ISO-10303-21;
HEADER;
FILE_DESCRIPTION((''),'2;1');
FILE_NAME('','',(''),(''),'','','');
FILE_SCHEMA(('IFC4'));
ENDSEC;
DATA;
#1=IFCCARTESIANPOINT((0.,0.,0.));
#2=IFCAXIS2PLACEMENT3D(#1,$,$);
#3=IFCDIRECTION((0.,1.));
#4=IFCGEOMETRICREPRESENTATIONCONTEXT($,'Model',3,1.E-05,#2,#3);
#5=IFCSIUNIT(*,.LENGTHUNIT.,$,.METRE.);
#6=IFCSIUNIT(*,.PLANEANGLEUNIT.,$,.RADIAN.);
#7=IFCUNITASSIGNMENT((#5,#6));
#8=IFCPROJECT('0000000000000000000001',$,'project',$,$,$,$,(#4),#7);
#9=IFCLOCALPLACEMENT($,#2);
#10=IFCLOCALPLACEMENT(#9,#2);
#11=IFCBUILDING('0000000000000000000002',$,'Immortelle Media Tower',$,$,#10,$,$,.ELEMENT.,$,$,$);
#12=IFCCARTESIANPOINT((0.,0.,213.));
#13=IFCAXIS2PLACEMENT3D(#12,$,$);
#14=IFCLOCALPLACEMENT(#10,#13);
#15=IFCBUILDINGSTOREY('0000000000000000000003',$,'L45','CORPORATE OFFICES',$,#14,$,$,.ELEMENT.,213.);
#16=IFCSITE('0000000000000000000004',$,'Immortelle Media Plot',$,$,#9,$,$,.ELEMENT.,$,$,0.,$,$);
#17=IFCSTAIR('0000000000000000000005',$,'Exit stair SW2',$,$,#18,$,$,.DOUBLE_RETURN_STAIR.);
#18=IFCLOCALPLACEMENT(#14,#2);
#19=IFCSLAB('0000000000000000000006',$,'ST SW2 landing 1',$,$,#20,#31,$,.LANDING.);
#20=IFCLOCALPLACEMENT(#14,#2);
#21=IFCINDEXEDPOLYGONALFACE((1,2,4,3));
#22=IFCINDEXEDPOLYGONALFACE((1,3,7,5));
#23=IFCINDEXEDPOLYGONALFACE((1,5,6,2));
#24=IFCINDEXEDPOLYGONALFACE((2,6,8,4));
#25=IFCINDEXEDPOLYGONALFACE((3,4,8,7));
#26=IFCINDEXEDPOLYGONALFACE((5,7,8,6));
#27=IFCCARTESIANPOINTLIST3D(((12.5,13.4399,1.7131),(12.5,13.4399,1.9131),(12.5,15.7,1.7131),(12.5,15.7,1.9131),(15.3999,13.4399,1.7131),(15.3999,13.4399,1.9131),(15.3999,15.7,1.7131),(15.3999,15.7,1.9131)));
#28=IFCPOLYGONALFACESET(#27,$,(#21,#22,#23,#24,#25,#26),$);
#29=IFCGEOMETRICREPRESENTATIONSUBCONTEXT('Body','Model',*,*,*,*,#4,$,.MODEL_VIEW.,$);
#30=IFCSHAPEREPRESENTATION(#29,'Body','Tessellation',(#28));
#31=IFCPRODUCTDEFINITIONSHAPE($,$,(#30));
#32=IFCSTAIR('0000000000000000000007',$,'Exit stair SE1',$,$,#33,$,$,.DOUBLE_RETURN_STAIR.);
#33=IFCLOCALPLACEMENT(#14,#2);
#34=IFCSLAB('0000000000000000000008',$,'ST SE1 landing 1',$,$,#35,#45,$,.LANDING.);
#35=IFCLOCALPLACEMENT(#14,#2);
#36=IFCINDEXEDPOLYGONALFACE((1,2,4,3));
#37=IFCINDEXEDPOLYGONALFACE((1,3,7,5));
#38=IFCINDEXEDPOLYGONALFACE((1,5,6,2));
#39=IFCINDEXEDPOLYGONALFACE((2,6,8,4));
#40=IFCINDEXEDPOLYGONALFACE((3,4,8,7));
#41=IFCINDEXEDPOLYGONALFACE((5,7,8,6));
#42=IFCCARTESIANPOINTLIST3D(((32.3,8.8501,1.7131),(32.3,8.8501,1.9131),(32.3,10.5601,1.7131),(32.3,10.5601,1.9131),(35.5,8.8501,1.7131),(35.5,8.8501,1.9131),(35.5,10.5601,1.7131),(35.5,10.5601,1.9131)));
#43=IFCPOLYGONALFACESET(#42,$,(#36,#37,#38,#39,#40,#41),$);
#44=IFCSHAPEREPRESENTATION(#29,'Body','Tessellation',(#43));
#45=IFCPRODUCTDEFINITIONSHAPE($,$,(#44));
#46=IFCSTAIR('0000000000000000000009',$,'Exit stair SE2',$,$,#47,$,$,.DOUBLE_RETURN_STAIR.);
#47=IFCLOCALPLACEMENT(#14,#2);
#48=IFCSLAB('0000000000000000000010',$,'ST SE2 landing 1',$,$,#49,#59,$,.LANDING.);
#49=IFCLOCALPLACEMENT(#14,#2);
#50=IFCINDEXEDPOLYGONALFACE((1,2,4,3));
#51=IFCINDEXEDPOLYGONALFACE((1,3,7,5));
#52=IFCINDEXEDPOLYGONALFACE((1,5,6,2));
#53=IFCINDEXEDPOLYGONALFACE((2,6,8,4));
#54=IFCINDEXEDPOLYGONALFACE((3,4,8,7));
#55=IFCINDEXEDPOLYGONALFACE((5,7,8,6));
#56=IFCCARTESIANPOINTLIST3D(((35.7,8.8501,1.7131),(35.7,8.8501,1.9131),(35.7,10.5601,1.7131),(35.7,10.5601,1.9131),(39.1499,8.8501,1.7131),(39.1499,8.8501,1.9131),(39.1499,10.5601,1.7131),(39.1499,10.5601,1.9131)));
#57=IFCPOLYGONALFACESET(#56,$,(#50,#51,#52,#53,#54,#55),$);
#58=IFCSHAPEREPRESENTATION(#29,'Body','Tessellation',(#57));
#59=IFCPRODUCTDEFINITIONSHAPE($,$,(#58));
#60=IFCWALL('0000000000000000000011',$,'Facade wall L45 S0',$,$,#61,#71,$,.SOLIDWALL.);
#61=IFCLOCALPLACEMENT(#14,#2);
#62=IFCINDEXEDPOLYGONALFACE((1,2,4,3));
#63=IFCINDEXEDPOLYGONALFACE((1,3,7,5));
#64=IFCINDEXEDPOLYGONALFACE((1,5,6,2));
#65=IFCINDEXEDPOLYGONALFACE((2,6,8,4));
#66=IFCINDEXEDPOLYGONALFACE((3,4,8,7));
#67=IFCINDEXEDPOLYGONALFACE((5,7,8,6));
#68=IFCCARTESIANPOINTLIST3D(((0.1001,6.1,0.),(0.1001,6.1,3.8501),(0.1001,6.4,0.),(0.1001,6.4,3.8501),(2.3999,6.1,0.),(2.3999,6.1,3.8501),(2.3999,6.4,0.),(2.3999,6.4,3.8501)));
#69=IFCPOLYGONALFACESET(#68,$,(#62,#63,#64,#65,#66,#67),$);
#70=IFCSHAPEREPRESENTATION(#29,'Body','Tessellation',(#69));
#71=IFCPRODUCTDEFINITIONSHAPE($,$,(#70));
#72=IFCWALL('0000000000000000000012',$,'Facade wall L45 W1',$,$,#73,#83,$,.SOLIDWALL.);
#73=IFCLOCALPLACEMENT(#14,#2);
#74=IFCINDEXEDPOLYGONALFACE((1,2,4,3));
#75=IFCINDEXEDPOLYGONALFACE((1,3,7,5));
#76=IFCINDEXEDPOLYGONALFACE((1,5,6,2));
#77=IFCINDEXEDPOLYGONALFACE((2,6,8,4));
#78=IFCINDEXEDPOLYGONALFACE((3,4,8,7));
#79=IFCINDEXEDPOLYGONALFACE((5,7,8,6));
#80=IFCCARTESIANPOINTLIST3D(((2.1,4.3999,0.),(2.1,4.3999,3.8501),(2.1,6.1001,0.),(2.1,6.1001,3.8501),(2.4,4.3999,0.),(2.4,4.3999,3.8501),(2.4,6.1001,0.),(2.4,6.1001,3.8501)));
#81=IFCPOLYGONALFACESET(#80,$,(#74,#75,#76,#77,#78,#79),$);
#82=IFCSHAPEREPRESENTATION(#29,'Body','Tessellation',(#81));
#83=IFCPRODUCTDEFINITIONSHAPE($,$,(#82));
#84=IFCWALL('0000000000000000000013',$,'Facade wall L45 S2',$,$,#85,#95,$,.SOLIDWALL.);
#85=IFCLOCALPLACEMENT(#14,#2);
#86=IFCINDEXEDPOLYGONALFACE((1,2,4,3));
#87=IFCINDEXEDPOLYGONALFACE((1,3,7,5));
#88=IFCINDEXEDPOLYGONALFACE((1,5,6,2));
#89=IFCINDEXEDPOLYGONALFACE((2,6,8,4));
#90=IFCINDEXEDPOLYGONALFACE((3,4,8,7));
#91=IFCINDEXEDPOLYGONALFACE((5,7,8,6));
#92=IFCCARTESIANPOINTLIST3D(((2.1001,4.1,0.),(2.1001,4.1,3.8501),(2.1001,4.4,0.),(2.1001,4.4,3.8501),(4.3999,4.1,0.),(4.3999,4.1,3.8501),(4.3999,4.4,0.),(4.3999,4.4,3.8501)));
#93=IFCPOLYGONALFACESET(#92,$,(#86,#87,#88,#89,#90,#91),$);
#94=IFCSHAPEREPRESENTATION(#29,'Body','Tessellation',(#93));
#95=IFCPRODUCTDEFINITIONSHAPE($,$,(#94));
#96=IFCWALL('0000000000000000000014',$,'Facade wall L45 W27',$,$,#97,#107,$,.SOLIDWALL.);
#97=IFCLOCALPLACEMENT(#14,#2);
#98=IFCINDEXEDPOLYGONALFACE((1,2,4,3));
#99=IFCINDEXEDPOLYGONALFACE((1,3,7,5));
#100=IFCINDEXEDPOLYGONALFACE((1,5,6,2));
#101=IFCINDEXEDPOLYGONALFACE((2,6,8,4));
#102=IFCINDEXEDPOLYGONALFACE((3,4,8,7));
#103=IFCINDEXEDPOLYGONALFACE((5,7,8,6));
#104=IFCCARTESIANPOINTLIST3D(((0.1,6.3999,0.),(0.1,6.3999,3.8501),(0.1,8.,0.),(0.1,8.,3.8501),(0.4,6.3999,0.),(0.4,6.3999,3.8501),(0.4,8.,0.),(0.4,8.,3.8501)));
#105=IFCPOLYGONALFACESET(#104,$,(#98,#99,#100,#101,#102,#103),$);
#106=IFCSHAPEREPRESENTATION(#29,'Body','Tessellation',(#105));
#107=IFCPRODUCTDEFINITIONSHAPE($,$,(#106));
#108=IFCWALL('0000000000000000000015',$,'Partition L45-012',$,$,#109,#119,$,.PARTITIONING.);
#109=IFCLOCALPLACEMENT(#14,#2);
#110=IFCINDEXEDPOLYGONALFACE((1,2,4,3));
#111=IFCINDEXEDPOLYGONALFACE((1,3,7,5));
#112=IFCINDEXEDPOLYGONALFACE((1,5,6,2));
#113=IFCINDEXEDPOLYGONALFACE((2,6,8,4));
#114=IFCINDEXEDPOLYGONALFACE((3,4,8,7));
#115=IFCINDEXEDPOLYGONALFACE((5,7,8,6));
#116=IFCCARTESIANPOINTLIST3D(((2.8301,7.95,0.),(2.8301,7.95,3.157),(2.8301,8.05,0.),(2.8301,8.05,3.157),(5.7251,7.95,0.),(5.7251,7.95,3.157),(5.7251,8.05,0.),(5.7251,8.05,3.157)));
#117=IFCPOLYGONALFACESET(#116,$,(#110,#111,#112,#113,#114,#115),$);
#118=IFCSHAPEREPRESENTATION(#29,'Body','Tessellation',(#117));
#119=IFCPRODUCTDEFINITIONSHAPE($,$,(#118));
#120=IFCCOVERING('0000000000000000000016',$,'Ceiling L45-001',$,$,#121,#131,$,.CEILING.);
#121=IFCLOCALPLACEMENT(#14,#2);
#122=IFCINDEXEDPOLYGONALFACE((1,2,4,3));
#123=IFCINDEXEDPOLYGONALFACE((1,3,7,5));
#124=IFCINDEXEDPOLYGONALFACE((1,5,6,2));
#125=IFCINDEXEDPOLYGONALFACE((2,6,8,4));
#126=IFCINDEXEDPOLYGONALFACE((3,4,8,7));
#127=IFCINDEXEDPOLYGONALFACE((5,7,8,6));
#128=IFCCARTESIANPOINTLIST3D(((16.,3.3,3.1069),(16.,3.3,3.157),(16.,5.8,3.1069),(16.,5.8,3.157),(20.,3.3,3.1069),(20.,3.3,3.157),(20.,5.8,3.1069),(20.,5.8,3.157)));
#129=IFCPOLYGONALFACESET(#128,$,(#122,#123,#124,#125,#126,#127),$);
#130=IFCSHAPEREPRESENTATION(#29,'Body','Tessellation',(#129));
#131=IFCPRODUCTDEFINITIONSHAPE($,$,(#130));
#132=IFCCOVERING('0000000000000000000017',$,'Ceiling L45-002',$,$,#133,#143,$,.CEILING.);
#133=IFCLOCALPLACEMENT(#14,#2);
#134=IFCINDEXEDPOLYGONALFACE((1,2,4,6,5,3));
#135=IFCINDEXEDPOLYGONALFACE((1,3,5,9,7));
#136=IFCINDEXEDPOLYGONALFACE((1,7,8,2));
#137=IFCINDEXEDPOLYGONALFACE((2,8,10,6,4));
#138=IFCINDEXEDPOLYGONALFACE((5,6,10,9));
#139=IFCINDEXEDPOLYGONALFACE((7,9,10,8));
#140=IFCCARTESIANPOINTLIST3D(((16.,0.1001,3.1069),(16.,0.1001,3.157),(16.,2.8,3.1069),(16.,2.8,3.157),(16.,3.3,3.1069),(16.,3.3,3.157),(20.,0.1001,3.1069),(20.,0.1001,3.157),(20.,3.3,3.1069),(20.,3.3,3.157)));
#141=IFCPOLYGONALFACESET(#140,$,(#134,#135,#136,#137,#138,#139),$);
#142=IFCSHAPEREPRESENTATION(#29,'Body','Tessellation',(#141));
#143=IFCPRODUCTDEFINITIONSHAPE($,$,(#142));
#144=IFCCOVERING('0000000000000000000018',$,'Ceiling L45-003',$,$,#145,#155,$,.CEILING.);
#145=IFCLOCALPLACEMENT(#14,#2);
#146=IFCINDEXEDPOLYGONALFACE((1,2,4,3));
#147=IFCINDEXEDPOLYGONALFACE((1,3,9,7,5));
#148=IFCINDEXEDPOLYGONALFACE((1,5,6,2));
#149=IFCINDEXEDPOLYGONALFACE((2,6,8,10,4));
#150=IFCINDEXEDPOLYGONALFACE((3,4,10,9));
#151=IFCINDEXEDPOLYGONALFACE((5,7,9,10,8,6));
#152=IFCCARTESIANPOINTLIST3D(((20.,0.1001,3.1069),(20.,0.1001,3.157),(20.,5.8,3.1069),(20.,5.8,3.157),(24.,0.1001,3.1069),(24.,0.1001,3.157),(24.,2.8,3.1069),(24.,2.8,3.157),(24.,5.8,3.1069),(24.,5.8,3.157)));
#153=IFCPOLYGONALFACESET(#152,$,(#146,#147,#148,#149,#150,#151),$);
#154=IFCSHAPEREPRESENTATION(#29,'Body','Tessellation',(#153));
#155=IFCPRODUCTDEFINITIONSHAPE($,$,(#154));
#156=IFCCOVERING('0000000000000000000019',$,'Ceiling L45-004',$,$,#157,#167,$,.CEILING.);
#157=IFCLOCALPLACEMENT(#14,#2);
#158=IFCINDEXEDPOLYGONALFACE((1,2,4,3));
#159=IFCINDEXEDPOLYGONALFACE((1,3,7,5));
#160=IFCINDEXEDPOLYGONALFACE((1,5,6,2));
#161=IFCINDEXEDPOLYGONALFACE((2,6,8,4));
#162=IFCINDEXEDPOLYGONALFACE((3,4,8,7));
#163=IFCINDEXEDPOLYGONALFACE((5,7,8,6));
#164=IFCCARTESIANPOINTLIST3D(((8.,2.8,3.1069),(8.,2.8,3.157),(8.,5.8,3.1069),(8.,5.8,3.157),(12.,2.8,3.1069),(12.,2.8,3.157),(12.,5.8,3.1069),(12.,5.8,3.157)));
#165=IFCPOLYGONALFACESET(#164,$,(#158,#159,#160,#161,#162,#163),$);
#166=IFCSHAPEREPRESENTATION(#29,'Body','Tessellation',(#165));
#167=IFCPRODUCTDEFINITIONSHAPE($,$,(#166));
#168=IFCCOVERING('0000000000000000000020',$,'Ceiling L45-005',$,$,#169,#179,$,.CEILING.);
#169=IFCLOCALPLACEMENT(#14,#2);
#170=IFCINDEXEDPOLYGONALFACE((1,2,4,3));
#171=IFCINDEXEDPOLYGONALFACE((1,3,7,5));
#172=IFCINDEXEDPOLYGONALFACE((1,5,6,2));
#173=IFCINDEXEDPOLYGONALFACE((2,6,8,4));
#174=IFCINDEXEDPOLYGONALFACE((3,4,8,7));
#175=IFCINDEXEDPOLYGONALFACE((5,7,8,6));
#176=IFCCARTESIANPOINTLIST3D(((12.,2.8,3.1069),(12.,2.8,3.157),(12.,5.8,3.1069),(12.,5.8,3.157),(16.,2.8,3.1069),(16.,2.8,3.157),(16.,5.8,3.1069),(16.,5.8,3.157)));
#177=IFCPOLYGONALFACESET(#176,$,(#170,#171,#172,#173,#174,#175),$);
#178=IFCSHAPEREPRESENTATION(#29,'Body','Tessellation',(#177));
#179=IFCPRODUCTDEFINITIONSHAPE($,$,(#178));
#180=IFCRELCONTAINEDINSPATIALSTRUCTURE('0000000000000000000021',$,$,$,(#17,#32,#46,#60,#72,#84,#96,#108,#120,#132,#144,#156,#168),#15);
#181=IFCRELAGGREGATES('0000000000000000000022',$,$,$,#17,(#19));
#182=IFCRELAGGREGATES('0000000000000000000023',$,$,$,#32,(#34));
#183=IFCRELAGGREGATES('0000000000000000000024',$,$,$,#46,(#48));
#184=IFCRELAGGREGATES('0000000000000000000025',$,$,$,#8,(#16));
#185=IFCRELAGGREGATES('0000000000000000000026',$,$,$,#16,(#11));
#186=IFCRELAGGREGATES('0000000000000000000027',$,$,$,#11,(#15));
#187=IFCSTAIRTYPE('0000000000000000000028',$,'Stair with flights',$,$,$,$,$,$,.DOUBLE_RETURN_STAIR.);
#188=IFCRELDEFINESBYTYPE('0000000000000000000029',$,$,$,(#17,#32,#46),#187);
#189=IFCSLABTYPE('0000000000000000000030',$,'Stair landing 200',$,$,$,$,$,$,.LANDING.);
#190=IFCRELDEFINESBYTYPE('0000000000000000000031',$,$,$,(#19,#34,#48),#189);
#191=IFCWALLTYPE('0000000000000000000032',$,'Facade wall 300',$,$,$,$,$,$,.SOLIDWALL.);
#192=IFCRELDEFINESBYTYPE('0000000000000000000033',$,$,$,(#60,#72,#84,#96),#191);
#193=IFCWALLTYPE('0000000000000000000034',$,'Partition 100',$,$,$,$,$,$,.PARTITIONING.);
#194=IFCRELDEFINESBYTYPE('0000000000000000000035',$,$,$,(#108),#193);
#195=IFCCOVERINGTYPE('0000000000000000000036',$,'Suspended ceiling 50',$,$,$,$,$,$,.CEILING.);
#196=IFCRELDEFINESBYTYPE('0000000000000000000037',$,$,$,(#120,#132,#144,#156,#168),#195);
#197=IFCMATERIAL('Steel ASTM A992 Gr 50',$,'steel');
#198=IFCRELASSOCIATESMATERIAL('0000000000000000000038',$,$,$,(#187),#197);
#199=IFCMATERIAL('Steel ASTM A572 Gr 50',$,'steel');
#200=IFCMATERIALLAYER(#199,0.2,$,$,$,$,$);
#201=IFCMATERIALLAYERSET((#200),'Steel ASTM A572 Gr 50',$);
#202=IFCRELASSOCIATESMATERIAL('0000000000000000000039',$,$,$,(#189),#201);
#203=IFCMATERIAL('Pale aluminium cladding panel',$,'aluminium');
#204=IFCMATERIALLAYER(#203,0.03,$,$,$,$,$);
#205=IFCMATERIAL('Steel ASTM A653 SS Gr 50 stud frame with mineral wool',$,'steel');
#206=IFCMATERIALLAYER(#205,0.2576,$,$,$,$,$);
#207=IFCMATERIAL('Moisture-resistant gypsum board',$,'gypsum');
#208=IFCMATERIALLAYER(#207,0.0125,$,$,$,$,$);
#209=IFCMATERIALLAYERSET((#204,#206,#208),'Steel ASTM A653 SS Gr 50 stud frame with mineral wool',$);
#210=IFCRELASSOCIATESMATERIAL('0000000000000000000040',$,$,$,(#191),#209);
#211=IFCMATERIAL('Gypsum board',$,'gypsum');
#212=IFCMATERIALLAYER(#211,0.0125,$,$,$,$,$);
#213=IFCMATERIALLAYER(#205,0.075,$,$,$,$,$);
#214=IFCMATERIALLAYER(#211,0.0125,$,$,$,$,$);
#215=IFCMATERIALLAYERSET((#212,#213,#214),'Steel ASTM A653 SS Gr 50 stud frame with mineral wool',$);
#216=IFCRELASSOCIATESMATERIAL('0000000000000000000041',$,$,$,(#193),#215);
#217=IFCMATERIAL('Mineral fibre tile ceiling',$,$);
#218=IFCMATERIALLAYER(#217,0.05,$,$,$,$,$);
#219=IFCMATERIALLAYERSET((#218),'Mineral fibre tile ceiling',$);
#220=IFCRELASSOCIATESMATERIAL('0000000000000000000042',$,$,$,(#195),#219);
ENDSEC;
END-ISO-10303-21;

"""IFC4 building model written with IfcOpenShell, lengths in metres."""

from ifc_helpers import new_model, si_unit, direction, frame, frame_2d, origin, place, context, subcontext, project, spatial, polyline, rectangle, outline, extrude, material, layer, layer_set, type_object, element, aggregate, save


model = new_model("IFC4")

# Units and contexts
model_context = context("Model", 3, precision=1e-05, world=origin(), true_north=direction((0.0, 1.0)))
body_context = subcontext(model_context, "Body", "Model", "MODEL_VIEW")
ifc_project = project(units=[si_unit("LENGTHUNIT", "METRE"), si_unit("PLANEANGLEUNIT", "RADIAN")], contexts=[model_context])

# Site, building, storey
site_placement = place(None, origin())
site = spatial("IfcSite", under=ifc_project, at=site_placement, Name="Immortelle Media Plot", CompositionType="ELEMENT", RefElevation=0.0)
building_placement = place(site_placement, origin())
building = spatial("IfcBuilding", under=site, at=building_placement, Name="Immortelle Media Tower", CompositionType="ELEMENT")
storey_placement = place(building_placement, frame((0.0, 0.0, 213.0)))
storey = spatial("IfcBuildingStorey", under=building, at=storey_placement, Name="L45", Description="CORPORATE OFFICES", CompositionType="ELEMENT", Elevation=213.0)

# Shared definitions
ifc_material_1 = material(Name="Steel ASTM A992 Gr 50", Category="steel")

# Stairs, slabs
stair_type = type_object("IfcStairType", Name="Stair with flights", PredefinedType="DOUBLE_RETURN_STAIR", material=ifc_material_1)
ifc_material_2 = material(Name="Steel ASTM A572 Gr 50", Category="steel")
ifc_layer_1 = layer(ifc_material_2, 0.2)
ifc_layer_set_1 = layer_set([ifc_layer_1], Name="Steel ASTM A572 Gr 50")
slab_type_1 = type_object("IfcSlabType", Name="Stair landing 200", PredefinedType="LANDING", material=ifc_layer_set_1)
stair_1_placement = place(storey_placement, origin())
stair_1 = element("IfcStair", 1, at=stair_1_placement, inside=storey, type_object=stair_type, Name="Exit stair SW2", PredefinedType="DOUBLE_RETURN_STAIR")
slab_1_placement = place(storey_placement, frame((0.0, 0.0, 1.7131)))
slab_1 = element("IfcSlab", 2, at=slab_1_placement, type_object=slab_type_1, Name="ST SW2 landing 1", PredefinedType="LANDING", context=body_context, shape_type="SweptSolid", body=[
    extrude(outline(polyline([(12.5, 13.4399), (15.3999, 13.4399), (15.3999, 15.7), (12.5, 15.7), (12.5, 13.4399)])), origin(), (0.0, 0.0, 1.0), 0.2),
])
aggregate(stair_1, [slab_1])
stair_2_placement = place(storey_placement, origin())
stair_2 = element("IfcStair", 3, at=stair_2_placement, inside=storey, type_object=stair_type, Name="Exit stair SE1", PredefinedType="DOUBLE_RETURN_STAIR")
slab_2_placement = place(storey_placement, frame((0.0, 0.0, 1.7131)))
slab_2 = element("IfcSlab", 4, at=slab_2_placement, type_object=slab_type_1, Name="ST SE1 landing 1", PredefinedType="LANDING", context=body_context, shape_type="SweptSolid", body=[
    extrude(outline(polyline([(32.3, 8.8501), (35.5, 8.8501), (35.5, 10.5601), (32.3, 10.5601), (32.3, 8.8501)])), origin(), (0.0, 0.0, 1.0), 0.2),
])
aggregate(stair_2, [slab_2])
stair_3_placement = place(storey_placement, origin())
stair_3 = element("IfcStair", 5, at=stair_3_placement, inside=storey, type_object=stair_type, Name="Exit stair SE2", PredefinedType="DOUBLE_RETURN_STAIR")
slab_3_placement = place(storey_placement, frame((0.0, 0.0, 1.7131)))
slab_3 = element("IfcSlab", 6, at=slab_3_placement, type_object=slab_type_1, Name="ST SE2 landing 1", PredefinedType="LANDING", context=body_context, shape_type="SweptSolid", body=[
    extrude(outline(polyline([(35.7, 8.8501), (39.1499, 8.8501), (39.1499, 10.5601), (35.7, 10.5601), (35.7, 8.8501)])), origin(), (0.0, 0.0, 1.0), 0.2),
])
aggregate(stair_3, [slab_3])

# Walls
ifc_material_3 = material(Name="Pale aluminium cladding panel", Category="aluminium")
ifc_layer_2 = layer(ifc_material_3, 0.03)
ifc_material_4 = material(Name="Steel ASTM A653 SS Gr 50 stud frame with mineral wool", Category="steel")
ifc_layer_3 = layer(ifc_material_4, 0.2576)
ifc_material_5 = material(Name="Moisture-resistant gypsum board", Category="gypsum")
ifc_layer_4 = layer(ifc_material_5, 0.0125)
ifc_layer_set_2 = layer_set([ifc_layer_2, ifc_layer_3, ifc_layer_4], Name="Steel ASTM A653 SS Gr 50 stud frame with mineral wool")
wall_type_1 = type_object("IfcWallType", Name="Facade wall 300", PredefinedType="SOLIDWALL", material=ifc_layer_set_2)
wall_1_placement = place(storey_placement, frame((0.1001, 6.25, 0.0), z_axis=(0.0, 0.0, 1.0), x_axis=(1.0, 0.0, 0.0)))
element("IfcWall", 7, at=wall_1_placement, inside=storey, type_object=wall_type_1, Name="Facade wall L45 S0", PredefinedType="SOLIDWALL", context=body_context, shape_type="SweptSolid", body=[
    extrude(rectangle(XDim=2.2998, YDim=0.3, at=frame_2d((1.1499, 0.0))), origin(), (0.0, 0.0, 1.0), 3.8501),
])
wall_2_placement = place(storey_placement, frame((2.25, 6.1001, 0.0), z_axis=(0.0, 0.0, 1.0), x_axis=(0.0, -1.0, 0.0)))
element("IfcWall", 8, at=wall_2_placement, inside=storey, type_object=wall_type_1, Name="Facade wall L45 W1", PredefinedType="SOLIDWALL", context=body_context, shape_type="SweptSolid", body=[
    extrude(rectangle(XDim=1.7002, YDim=0.3, at=frame_2d((0.8501, 0.0))), origin(), (0.0, 0.0, 1.0), 3.8501),
])
wall_3_placement = place(storey_placement, frame((2.1001, 4.25, 0.0), z_axis=(0.0, 0.0, 1.0), x_axis=(1.0, 0.0, 0.0)))
element("IfcWall", 9, at=wall_3_placement, inside=storey, type_object=wall_type_1, Name="Facade wall L45 S2", PredefinedType="SOLIDWALL", context=body_context, shape_type="SweptSolid", body=[
    extrude(rectangle(XDim=2.2998, YDim=0.3, at=frame_2d((1.1499, 0.0))), origin(), (0.0, 0.0, 1.0), 3.8501),
])
wall_4_placement = place(storey_placement, frame((0.25, 8.0, 0.0), z_axis=(0.0, 0.0, 1.0), x_axis=(0.0, -1.0, 0.0)))
element("IfcWall", 10, at=wall_4_placement, inside=storey, type_object=wall_type_1, Name="Facade wall L45 W27", PredefinedType="SOLIDWALL", context=body_context, shape_type="SweptSolid", body=[
    extrude(rectangle(XDim=1.6001, YDim=0.3, at=frame_2d((0.8, 0.0))), origin(), (0.0, 0.0, 1.0), 3.8501),
])
ifc_material_6 = material(Name="Gypsum board", Category="gypsum")
ifc_layer_5 = layer(ifc_material_6, 0.0125)
ifc_layer_6 = layer(ifc_material_4, 0.075)
ifc_layer_7 = layer(ifc_material_6, 0.0125)
ifc_layer_set_3 = layer_set([ifc_layer_5, ifc_layer_6, ifc_layer_7], Name="Steel ASTM A653 SS Gr 50 stud frame with mineral wool")
wall_type_2 = type_object("IfcWallType", Name="Partition 100", PredefinedType="PARTITIONING", material=ifc_layer_set_3)
wall_5_placement = place(storey_placement, frame((2.8301, 8.0, 0.0), z_axis=(0.0, 0.0, 1.0), x_axis=(1.0, 0.0, 0.0)))
element("IfcWall", 11, at=wall_5_placement, inside=storey, type_object=wall_type_2, Name="Partition L45-012", PredefinedType="PARTITIONING", context=body_context, shape_type="SweptSolid", body=[
    extrude(rectangle(XDim=2.895, YDim=0.1001, at=frame_2d((1.4475, 0.0))), origin(), (0.0, 0.0, 1.0), 3.157),
])

# Coverings
ifc_material_7 = material(Name="Mineral fibre tile ceiling")
ifc_layer_8 = layer(ifc_material_7, 0.05)
ifc_layer_set_4 = layer_set([ifc_layer_8], Name="Mineral fibre tile ceiling")
covering_type = type_object("IfcCoveringType", Name="Suspended ceiling 50", PredefinedType="CEILING", material=ifc_layer_set_4)
covering_1_placement = place(storey_placement, frame((0.0, 0.0, 3.1069)))
element("IfcCovering", 12, at=covering_1_placement, inside=storey, type_object=covering_type, Name="Ceiling L45-001", PredefinedType="CEILING", context=body_context, shape_type="SweptSolid", body=[
    extrude(outline(polyline([(16.0, 5.8), (20.0, 5.8), (20.0, 3.3), (16.0, 3.3), (16.0, 5.8)])), origin(), (0.0, 0.0, 1.0), 0.05),
])
covering_2_placement = place(storey_placement, frame((0.0, 0.0, 3.1069)))
element("IfcCovering", 13, at=covering_2_placement, inside=storey, type_object=covering_type, Name="Ceiling L45-002", PredefinedType="CEILING", context=body_context, shape_type="SweptSolid", body=[
    extrude(outline(polyline([(16.0, 3.3), (20.0, 3.3), (20.0, 0.1001), (16.0, 0.1001), (16.0, 2.8), (16.0, 3.3)])), origin(), (0.0, 0.0, 1.0), 0.05),
])
covering_3_placement = place(storey_placement, frame((0.0, 0.0, 3.1069)))
element("IfcCovering", 14, at=covering_3_placement, inside=storey, type_object=covering_type, Name="Ceiling L45-003", PredefinedType="CEILING", context=body_context, shape_type="SweptSolid", body=[
    extrude(outline(polyline([(24.0, 5.8), (24.0, 2.8), (24.0, 0.1001), (20.0, 0.1001), (20.0, 5.8), (24.0, 5.8)])), origin(), (0.0, 0.0, 1.0), 0.05),
])
covering_4_placement = place(storey_placement, frame((0.0, 0.0, 3.1069)))
element("IfcCovering", 15, at=covering_4_placement, inside=storey, type_object=covering_type, Name="Ceiling L45-004", PredefinedType="CEILING", context=body_context, shape_type="SweptSolid", body=[
    extrude(outline(polyline([(8.0, 5.8), (12.0, 5.8), (12.0, 2.8), (8.0, 2.8), (8.0, 5.8)])), origin(), (0.0, 0.0, 1.0), 0.05),
])
covering_5_placement = place(storey_placement, frame((0.0, 0.0, 3.1069)))
element("IfcCovering", 16, at=covering_5_placement, inside=storey, type_object=covering_type, Name="Ceiling L45-005", PredefinedType="CEILING", context=body_context, shape_type="SweptSolid", body=[
    extrude(outline(polyline([(16.0, 5.8), (16.0, 2.8), (12.0, 2.8), (12.0, 5.8), (16.0, 5.8)])), origin(), (0.0, 0.0, 1.0), 0.05),
])

save(model, "model.ifc")
